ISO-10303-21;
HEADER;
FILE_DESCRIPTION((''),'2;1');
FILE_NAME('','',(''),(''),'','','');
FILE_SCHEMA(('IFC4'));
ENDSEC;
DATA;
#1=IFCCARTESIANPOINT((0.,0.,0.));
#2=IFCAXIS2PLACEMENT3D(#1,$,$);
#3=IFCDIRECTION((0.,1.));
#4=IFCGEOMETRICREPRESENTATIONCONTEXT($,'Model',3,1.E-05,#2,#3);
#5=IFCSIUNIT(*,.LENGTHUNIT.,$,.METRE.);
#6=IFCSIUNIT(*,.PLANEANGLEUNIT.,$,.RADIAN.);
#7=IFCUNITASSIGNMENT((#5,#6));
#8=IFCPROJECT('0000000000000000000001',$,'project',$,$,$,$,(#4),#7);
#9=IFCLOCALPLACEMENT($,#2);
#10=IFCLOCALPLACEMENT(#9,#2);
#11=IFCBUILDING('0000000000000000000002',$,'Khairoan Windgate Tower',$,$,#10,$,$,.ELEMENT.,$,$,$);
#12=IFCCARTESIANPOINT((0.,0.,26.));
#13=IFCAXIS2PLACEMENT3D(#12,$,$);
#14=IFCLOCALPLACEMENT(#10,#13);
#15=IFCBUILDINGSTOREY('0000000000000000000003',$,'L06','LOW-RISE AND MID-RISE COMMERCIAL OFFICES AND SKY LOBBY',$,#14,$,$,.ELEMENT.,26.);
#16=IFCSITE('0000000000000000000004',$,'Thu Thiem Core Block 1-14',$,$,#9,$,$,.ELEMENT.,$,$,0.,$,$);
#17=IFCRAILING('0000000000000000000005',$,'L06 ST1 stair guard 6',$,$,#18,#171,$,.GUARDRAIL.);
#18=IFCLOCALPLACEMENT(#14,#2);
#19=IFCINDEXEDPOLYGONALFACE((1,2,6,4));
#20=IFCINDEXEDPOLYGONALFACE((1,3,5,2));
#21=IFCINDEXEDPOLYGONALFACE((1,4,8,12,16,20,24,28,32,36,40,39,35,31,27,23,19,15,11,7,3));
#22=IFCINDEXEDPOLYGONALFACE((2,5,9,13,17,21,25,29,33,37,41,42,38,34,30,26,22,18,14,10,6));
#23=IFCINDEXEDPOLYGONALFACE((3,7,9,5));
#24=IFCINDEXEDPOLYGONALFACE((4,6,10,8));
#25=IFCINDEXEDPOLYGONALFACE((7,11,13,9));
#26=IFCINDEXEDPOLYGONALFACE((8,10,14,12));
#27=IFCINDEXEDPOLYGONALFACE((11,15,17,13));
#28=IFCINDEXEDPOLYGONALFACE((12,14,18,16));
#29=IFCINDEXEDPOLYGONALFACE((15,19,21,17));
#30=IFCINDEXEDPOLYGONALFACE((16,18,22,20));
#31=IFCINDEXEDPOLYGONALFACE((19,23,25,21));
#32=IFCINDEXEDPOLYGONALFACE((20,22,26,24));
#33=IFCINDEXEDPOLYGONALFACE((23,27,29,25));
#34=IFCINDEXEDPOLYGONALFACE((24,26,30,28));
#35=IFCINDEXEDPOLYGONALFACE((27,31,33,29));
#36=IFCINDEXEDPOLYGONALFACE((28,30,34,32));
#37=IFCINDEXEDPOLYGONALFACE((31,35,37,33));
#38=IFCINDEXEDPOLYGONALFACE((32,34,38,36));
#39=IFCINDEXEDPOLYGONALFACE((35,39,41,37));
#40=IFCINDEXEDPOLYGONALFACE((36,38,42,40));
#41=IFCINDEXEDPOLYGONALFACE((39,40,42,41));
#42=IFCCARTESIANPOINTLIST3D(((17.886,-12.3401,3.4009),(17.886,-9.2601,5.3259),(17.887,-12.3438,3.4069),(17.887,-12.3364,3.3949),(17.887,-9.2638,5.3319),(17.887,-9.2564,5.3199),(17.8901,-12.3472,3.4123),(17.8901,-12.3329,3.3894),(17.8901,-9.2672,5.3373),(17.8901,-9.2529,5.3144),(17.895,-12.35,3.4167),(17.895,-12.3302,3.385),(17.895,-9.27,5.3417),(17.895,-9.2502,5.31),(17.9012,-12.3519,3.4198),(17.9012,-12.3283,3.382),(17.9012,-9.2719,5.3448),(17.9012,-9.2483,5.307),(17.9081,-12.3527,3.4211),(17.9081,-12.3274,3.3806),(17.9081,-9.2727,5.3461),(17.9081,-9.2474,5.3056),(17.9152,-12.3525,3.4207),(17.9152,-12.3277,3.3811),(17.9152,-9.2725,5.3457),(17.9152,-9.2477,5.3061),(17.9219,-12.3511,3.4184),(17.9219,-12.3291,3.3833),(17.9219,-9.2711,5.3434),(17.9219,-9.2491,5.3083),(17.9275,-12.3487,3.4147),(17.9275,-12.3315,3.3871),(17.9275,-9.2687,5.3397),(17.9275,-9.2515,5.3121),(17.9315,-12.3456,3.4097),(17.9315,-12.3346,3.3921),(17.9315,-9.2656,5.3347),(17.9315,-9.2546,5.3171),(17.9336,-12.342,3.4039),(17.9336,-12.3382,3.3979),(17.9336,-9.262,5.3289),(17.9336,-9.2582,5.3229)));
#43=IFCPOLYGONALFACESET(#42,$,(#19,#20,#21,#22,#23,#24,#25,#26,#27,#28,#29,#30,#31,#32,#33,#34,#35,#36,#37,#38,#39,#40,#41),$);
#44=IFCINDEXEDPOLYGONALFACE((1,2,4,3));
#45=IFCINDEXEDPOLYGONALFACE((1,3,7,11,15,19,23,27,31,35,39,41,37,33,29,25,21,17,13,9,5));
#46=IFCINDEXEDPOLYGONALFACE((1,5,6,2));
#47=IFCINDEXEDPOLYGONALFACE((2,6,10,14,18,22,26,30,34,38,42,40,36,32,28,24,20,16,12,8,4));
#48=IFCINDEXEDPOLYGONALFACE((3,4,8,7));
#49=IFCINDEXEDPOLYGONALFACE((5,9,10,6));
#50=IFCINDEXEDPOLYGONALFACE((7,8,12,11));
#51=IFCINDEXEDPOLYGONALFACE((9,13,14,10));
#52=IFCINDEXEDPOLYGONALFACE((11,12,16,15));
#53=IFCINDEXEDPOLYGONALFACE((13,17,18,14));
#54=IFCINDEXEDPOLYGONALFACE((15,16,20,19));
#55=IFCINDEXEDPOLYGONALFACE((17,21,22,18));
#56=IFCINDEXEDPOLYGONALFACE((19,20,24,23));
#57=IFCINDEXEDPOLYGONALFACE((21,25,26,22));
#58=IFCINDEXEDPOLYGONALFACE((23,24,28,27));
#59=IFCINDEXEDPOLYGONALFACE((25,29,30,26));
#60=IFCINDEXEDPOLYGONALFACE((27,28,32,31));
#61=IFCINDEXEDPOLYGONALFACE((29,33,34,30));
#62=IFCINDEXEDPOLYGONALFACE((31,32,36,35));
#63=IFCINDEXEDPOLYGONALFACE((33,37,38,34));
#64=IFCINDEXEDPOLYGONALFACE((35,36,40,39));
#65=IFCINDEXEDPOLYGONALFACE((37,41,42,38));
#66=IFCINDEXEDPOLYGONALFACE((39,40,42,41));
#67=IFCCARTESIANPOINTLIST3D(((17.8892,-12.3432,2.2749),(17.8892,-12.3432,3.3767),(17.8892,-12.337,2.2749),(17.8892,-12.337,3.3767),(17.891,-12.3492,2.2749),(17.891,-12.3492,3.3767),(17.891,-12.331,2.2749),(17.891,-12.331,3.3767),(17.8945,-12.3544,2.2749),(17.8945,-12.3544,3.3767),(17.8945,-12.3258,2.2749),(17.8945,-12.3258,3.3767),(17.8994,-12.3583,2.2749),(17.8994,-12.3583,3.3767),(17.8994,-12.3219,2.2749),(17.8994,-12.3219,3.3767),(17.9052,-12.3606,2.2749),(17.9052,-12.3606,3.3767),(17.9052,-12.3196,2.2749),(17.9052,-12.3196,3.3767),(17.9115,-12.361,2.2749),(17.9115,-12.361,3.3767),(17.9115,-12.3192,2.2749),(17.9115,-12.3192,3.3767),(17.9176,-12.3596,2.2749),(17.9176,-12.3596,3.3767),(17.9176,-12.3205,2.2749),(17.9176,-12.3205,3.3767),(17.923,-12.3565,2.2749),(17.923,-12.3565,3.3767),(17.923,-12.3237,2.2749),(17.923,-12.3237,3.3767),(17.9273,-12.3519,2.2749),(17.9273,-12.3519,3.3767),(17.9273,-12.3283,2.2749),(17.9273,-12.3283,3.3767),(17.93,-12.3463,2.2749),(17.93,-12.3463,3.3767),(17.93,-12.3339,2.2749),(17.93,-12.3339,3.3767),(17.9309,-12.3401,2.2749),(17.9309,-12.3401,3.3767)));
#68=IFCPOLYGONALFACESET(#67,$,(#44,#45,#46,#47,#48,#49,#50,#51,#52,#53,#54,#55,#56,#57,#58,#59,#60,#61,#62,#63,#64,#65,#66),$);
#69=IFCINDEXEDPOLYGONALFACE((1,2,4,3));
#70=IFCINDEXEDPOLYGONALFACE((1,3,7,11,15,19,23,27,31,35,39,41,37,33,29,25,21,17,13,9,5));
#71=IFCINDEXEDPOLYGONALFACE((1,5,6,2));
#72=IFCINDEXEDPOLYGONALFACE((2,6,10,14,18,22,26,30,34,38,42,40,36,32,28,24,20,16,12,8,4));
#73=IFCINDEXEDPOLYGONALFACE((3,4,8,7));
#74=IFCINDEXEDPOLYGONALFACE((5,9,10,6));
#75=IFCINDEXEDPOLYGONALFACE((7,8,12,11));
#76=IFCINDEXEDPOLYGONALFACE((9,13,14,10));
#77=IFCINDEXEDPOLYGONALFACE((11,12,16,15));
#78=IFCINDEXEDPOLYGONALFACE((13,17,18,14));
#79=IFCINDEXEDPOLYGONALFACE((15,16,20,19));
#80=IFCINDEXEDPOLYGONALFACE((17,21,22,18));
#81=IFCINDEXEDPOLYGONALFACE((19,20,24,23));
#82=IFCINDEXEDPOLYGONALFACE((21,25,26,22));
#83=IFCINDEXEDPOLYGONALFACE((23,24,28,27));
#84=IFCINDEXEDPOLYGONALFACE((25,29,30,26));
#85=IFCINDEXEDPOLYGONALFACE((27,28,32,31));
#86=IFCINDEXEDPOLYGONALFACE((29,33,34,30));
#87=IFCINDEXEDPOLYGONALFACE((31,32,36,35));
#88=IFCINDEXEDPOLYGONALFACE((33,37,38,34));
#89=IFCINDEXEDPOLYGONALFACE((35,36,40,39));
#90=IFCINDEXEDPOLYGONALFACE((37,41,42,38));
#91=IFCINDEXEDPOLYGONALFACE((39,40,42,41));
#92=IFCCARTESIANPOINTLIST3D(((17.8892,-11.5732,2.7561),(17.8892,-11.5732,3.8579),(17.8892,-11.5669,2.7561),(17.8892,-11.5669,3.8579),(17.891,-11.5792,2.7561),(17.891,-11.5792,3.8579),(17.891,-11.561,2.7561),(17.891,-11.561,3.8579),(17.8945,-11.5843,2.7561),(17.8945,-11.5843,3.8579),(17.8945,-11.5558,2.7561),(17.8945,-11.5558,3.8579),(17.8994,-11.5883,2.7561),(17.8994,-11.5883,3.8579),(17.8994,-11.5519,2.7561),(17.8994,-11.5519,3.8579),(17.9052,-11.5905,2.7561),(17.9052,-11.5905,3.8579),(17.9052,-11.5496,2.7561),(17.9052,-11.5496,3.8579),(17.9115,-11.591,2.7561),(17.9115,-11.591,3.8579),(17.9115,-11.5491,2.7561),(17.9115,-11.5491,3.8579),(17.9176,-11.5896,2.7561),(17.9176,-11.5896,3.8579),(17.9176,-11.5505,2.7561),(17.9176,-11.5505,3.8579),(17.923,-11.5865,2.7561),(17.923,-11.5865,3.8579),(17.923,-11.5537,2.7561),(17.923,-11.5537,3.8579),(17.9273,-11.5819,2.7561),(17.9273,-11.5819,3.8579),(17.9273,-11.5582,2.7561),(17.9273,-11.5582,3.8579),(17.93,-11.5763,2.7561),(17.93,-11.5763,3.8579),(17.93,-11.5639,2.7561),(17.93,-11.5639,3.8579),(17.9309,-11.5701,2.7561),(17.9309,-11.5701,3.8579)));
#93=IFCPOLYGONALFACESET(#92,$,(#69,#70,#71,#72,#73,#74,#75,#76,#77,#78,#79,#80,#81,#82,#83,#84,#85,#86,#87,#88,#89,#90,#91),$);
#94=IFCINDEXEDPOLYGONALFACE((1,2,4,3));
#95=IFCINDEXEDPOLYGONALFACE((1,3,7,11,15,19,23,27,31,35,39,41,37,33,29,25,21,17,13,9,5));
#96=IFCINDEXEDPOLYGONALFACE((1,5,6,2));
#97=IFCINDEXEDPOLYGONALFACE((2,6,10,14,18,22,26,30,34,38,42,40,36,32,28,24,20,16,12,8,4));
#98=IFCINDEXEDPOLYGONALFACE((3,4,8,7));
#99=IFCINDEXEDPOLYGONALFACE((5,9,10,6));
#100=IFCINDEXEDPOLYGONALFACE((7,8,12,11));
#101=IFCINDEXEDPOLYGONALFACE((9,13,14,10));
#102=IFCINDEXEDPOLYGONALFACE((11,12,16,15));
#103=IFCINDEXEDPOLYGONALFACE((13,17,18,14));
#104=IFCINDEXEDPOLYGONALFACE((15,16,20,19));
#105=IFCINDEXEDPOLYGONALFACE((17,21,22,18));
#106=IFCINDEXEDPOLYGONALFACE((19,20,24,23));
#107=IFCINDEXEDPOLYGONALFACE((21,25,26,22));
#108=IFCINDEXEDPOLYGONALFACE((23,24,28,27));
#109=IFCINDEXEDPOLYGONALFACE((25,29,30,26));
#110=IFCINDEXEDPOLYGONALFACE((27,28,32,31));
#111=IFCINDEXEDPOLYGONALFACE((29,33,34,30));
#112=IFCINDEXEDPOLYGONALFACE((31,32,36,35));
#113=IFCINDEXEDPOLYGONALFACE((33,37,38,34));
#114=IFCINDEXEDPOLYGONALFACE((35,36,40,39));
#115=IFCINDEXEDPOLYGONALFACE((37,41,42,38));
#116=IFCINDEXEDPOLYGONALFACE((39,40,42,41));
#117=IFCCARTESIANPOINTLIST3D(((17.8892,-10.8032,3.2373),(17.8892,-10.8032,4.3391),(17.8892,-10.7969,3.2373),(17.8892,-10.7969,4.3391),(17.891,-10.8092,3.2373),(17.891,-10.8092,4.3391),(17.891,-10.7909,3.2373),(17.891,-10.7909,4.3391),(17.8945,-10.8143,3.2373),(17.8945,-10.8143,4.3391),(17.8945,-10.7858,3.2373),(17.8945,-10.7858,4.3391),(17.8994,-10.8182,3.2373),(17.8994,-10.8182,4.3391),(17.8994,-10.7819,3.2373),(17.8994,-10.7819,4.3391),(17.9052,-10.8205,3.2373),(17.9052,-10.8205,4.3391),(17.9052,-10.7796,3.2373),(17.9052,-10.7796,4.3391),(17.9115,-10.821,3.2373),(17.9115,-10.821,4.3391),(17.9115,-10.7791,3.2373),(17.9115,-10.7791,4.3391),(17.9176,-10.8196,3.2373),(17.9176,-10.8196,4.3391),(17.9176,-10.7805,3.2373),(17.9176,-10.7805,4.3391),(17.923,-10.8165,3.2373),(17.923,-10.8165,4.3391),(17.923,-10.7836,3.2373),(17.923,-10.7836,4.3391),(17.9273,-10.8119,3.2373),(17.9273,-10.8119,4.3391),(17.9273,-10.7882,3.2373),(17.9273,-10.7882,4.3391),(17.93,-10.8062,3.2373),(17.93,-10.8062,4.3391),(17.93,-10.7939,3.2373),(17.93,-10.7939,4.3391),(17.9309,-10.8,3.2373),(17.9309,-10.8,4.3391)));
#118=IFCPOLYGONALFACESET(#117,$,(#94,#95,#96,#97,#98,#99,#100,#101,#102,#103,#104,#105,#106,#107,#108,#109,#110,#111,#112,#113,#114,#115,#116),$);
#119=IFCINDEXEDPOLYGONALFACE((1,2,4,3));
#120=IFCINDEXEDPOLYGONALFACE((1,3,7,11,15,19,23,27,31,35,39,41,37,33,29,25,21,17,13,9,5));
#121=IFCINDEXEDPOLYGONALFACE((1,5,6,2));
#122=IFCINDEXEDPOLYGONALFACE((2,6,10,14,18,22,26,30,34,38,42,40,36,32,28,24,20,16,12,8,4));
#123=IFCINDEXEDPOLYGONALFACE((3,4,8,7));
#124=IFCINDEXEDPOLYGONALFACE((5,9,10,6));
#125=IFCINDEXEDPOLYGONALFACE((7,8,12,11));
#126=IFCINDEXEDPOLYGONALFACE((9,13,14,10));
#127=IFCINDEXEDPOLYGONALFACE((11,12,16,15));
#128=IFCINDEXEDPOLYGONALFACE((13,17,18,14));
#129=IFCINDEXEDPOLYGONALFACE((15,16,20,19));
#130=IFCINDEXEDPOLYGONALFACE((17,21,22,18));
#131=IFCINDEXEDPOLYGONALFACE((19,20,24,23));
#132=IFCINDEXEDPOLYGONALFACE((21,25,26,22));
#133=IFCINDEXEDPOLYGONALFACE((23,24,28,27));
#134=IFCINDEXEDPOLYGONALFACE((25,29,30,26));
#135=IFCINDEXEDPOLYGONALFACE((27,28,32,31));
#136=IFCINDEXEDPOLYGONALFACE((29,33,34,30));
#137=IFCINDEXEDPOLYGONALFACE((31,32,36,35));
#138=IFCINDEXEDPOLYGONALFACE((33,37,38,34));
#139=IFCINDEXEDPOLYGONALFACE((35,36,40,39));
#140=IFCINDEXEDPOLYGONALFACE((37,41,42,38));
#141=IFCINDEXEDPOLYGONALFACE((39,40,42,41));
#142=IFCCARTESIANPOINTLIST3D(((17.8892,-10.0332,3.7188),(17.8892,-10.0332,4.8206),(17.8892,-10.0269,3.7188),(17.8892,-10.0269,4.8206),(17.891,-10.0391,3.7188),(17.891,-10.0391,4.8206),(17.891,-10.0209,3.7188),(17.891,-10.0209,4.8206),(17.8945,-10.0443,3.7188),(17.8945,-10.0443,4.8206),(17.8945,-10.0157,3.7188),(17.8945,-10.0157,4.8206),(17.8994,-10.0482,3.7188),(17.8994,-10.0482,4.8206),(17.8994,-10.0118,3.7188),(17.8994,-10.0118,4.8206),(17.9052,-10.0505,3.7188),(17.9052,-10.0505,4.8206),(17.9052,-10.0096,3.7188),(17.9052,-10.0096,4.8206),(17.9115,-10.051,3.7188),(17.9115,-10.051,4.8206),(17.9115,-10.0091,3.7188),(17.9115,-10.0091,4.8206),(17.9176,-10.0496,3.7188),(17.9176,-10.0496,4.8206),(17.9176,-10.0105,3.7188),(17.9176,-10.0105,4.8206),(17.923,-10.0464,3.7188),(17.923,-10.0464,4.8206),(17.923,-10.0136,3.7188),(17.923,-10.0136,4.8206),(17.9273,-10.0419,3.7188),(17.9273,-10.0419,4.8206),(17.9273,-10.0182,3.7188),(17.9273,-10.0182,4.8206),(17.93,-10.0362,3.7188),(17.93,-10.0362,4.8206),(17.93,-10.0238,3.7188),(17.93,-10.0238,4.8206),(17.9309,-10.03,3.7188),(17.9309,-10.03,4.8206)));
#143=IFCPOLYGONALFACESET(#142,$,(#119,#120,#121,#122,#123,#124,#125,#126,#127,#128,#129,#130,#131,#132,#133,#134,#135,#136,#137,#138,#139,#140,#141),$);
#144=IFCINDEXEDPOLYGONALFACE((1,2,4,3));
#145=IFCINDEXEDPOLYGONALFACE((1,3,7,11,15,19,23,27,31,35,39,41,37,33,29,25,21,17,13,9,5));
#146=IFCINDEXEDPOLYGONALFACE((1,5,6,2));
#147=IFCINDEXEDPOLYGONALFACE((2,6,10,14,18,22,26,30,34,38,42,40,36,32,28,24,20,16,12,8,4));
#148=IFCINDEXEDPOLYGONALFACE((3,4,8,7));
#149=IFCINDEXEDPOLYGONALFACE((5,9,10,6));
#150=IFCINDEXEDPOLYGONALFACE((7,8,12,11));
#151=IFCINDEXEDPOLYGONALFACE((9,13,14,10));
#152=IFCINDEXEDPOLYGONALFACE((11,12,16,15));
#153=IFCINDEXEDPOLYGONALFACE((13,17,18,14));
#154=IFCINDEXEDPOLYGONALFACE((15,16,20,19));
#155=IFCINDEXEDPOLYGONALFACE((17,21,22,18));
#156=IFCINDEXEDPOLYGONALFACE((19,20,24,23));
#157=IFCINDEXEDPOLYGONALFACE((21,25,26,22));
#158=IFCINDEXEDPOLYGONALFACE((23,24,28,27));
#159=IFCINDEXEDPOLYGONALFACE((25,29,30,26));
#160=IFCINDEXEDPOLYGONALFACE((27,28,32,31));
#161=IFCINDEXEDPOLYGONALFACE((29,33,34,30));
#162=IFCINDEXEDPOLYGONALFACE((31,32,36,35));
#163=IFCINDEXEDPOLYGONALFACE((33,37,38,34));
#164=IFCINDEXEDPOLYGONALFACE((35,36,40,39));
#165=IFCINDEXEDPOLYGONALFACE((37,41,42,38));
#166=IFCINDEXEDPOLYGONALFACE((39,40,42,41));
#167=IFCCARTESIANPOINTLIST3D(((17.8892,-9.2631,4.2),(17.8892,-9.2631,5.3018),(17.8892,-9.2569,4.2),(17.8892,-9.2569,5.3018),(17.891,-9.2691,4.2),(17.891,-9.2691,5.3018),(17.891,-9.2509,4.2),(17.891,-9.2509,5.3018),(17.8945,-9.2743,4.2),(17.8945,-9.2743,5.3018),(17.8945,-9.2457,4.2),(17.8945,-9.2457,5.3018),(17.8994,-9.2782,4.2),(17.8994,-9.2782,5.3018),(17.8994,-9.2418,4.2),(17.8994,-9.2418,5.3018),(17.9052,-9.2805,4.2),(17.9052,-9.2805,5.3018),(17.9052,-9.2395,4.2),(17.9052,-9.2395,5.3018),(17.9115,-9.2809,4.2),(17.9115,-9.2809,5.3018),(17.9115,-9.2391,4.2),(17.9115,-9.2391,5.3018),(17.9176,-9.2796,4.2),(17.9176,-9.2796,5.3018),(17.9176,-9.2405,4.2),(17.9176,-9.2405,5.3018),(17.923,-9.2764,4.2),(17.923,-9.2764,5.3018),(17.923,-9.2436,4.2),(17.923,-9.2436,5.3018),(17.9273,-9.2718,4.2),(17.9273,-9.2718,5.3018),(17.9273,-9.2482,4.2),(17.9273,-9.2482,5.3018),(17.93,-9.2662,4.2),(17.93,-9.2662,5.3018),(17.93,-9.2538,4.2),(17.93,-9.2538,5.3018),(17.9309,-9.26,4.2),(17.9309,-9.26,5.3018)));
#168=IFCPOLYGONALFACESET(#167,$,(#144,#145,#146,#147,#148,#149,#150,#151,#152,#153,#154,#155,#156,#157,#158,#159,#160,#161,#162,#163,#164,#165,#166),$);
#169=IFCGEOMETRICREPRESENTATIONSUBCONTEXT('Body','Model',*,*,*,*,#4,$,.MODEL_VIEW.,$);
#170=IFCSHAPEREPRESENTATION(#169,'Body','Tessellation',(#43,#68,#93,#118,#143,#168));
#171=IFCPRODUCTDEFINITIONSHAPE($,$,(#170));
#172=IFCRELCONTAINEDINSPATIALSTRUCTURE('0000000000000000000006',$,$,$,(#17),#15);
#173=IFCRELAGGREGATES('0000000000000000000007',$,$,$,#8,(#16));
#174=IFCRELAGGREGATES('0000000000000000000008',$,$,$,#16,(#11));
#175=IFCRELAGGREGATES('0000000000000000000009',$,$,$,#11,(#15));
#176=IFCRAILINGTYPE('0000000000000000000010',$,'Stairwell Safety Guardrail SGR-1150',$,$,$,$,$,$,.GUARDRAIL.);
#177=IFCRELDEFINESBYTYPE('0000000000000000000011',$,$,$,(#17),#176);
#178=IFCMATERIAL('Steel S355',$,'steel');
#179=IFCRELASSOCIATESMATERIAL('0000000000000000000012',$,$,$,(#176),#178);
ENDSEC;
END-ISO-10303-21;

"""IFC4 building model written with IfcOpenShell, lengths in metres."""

from ifc_helpers import new_model, si_unit, direction, frame, origin, origin_2d, place, context, subcontext, project, spatial, circle, extrude, material, type_object, element, save


model = new_model("IFC4")

# Units and contexts
model_context = context("Model", 3, precision=1e-05, world=origin(), true_north=direction((0.0, 1.0)))
body_context = subcontext(model_context, "Body", "Model", "MODEL_VIEW")
ifc_project = project(units=[si_unit("LENGTHUNIT", "METRE"), si_unit("PLANEANGLEUNIT", "RADIAN")], contexts=[model_context])

# Site, building, storey
site_placement = place(None, origin())
site = spatial("IfcSite", under=ifc_project, at=site_placement, Name="Thu Thiem Core Block 1-14", CompositionType="ELEMENT", RefElevation=0.0)
building_placement = place(site_placement, origin())
building = spatial("IfcBuilding", under=site, at=building_placement, Name="Khairoan Windgate Tower", CompositionType="ELEMENT")
storey_placement = place(building_placement, frame((0.0, 0.0, 26.0)))
storey = spatial("IfcBuildingStorey", under=building, at=storey_placement, Name="L06", Description="LOW-RISE AND MID-RISE COMMERCIAL OFFICES AND SKY LOBBY", CompositionType="ELEMENT", Elevation=26.0)

# Railing
ifc_material_1 = material(Name="Steel S355", Category="steel")
railing_type_1 = type_object("IfcRailingType", Name="Stairwell Safety Guardrail SGR-1150", PredefinedType="GUARDRAIL", material=ifc_material_1)
railing_1_placement = place(storey_placement, frame((17.9099, -12.3401, 2.2749)))
element("IfcRailing", 1, at=railing_1_placement, inside=storey, type_object=railing_type_1, Name="L06 ST1 stair guard 6", PredefinedType="GUARDRAIL", context=body_context, shape_type="SweptSolid", body=[
    extrude(circle(Radius=0.0239, at=origin_2d()), frame((0.0, 0.0, 1.126), z_axis=(0.0, 0.847998, 0.529999), x_axis=(-1.0, 0.0, 0.0)), (0.0, 0.0, 1.0), 3.6321),
    extrude(circle(Radius=0.021, at=origin_2d()), origin(), (0.0, 0.0, 1.0), 1.1018),
    extrude(circle(Radius=0.021, at=origin_2d()), frame((0.0, 0.77, 0.4812)), (0.0, 0.0, 1.0), 1.1018),
    extrude(circle(Radius=0.021, at=origin_2d()), frame((0.0, 1.54, 0.9624)), (0.0, 0.0, 1.0), 1.1018),
    extrude(circle(Radius=0.021, at=origin_2d()), frame((0.0, 2.3101, 1.4438)), (0.0, 0.0, 1.0), 1.1018),
    extrude(circle(Radius=0.021, at=origin_2d()), frame((0.0, 3.0801, 1.925)), (0.0, 0.0, 1.0), 1.1018),
])

save(model, "model.ifc")
